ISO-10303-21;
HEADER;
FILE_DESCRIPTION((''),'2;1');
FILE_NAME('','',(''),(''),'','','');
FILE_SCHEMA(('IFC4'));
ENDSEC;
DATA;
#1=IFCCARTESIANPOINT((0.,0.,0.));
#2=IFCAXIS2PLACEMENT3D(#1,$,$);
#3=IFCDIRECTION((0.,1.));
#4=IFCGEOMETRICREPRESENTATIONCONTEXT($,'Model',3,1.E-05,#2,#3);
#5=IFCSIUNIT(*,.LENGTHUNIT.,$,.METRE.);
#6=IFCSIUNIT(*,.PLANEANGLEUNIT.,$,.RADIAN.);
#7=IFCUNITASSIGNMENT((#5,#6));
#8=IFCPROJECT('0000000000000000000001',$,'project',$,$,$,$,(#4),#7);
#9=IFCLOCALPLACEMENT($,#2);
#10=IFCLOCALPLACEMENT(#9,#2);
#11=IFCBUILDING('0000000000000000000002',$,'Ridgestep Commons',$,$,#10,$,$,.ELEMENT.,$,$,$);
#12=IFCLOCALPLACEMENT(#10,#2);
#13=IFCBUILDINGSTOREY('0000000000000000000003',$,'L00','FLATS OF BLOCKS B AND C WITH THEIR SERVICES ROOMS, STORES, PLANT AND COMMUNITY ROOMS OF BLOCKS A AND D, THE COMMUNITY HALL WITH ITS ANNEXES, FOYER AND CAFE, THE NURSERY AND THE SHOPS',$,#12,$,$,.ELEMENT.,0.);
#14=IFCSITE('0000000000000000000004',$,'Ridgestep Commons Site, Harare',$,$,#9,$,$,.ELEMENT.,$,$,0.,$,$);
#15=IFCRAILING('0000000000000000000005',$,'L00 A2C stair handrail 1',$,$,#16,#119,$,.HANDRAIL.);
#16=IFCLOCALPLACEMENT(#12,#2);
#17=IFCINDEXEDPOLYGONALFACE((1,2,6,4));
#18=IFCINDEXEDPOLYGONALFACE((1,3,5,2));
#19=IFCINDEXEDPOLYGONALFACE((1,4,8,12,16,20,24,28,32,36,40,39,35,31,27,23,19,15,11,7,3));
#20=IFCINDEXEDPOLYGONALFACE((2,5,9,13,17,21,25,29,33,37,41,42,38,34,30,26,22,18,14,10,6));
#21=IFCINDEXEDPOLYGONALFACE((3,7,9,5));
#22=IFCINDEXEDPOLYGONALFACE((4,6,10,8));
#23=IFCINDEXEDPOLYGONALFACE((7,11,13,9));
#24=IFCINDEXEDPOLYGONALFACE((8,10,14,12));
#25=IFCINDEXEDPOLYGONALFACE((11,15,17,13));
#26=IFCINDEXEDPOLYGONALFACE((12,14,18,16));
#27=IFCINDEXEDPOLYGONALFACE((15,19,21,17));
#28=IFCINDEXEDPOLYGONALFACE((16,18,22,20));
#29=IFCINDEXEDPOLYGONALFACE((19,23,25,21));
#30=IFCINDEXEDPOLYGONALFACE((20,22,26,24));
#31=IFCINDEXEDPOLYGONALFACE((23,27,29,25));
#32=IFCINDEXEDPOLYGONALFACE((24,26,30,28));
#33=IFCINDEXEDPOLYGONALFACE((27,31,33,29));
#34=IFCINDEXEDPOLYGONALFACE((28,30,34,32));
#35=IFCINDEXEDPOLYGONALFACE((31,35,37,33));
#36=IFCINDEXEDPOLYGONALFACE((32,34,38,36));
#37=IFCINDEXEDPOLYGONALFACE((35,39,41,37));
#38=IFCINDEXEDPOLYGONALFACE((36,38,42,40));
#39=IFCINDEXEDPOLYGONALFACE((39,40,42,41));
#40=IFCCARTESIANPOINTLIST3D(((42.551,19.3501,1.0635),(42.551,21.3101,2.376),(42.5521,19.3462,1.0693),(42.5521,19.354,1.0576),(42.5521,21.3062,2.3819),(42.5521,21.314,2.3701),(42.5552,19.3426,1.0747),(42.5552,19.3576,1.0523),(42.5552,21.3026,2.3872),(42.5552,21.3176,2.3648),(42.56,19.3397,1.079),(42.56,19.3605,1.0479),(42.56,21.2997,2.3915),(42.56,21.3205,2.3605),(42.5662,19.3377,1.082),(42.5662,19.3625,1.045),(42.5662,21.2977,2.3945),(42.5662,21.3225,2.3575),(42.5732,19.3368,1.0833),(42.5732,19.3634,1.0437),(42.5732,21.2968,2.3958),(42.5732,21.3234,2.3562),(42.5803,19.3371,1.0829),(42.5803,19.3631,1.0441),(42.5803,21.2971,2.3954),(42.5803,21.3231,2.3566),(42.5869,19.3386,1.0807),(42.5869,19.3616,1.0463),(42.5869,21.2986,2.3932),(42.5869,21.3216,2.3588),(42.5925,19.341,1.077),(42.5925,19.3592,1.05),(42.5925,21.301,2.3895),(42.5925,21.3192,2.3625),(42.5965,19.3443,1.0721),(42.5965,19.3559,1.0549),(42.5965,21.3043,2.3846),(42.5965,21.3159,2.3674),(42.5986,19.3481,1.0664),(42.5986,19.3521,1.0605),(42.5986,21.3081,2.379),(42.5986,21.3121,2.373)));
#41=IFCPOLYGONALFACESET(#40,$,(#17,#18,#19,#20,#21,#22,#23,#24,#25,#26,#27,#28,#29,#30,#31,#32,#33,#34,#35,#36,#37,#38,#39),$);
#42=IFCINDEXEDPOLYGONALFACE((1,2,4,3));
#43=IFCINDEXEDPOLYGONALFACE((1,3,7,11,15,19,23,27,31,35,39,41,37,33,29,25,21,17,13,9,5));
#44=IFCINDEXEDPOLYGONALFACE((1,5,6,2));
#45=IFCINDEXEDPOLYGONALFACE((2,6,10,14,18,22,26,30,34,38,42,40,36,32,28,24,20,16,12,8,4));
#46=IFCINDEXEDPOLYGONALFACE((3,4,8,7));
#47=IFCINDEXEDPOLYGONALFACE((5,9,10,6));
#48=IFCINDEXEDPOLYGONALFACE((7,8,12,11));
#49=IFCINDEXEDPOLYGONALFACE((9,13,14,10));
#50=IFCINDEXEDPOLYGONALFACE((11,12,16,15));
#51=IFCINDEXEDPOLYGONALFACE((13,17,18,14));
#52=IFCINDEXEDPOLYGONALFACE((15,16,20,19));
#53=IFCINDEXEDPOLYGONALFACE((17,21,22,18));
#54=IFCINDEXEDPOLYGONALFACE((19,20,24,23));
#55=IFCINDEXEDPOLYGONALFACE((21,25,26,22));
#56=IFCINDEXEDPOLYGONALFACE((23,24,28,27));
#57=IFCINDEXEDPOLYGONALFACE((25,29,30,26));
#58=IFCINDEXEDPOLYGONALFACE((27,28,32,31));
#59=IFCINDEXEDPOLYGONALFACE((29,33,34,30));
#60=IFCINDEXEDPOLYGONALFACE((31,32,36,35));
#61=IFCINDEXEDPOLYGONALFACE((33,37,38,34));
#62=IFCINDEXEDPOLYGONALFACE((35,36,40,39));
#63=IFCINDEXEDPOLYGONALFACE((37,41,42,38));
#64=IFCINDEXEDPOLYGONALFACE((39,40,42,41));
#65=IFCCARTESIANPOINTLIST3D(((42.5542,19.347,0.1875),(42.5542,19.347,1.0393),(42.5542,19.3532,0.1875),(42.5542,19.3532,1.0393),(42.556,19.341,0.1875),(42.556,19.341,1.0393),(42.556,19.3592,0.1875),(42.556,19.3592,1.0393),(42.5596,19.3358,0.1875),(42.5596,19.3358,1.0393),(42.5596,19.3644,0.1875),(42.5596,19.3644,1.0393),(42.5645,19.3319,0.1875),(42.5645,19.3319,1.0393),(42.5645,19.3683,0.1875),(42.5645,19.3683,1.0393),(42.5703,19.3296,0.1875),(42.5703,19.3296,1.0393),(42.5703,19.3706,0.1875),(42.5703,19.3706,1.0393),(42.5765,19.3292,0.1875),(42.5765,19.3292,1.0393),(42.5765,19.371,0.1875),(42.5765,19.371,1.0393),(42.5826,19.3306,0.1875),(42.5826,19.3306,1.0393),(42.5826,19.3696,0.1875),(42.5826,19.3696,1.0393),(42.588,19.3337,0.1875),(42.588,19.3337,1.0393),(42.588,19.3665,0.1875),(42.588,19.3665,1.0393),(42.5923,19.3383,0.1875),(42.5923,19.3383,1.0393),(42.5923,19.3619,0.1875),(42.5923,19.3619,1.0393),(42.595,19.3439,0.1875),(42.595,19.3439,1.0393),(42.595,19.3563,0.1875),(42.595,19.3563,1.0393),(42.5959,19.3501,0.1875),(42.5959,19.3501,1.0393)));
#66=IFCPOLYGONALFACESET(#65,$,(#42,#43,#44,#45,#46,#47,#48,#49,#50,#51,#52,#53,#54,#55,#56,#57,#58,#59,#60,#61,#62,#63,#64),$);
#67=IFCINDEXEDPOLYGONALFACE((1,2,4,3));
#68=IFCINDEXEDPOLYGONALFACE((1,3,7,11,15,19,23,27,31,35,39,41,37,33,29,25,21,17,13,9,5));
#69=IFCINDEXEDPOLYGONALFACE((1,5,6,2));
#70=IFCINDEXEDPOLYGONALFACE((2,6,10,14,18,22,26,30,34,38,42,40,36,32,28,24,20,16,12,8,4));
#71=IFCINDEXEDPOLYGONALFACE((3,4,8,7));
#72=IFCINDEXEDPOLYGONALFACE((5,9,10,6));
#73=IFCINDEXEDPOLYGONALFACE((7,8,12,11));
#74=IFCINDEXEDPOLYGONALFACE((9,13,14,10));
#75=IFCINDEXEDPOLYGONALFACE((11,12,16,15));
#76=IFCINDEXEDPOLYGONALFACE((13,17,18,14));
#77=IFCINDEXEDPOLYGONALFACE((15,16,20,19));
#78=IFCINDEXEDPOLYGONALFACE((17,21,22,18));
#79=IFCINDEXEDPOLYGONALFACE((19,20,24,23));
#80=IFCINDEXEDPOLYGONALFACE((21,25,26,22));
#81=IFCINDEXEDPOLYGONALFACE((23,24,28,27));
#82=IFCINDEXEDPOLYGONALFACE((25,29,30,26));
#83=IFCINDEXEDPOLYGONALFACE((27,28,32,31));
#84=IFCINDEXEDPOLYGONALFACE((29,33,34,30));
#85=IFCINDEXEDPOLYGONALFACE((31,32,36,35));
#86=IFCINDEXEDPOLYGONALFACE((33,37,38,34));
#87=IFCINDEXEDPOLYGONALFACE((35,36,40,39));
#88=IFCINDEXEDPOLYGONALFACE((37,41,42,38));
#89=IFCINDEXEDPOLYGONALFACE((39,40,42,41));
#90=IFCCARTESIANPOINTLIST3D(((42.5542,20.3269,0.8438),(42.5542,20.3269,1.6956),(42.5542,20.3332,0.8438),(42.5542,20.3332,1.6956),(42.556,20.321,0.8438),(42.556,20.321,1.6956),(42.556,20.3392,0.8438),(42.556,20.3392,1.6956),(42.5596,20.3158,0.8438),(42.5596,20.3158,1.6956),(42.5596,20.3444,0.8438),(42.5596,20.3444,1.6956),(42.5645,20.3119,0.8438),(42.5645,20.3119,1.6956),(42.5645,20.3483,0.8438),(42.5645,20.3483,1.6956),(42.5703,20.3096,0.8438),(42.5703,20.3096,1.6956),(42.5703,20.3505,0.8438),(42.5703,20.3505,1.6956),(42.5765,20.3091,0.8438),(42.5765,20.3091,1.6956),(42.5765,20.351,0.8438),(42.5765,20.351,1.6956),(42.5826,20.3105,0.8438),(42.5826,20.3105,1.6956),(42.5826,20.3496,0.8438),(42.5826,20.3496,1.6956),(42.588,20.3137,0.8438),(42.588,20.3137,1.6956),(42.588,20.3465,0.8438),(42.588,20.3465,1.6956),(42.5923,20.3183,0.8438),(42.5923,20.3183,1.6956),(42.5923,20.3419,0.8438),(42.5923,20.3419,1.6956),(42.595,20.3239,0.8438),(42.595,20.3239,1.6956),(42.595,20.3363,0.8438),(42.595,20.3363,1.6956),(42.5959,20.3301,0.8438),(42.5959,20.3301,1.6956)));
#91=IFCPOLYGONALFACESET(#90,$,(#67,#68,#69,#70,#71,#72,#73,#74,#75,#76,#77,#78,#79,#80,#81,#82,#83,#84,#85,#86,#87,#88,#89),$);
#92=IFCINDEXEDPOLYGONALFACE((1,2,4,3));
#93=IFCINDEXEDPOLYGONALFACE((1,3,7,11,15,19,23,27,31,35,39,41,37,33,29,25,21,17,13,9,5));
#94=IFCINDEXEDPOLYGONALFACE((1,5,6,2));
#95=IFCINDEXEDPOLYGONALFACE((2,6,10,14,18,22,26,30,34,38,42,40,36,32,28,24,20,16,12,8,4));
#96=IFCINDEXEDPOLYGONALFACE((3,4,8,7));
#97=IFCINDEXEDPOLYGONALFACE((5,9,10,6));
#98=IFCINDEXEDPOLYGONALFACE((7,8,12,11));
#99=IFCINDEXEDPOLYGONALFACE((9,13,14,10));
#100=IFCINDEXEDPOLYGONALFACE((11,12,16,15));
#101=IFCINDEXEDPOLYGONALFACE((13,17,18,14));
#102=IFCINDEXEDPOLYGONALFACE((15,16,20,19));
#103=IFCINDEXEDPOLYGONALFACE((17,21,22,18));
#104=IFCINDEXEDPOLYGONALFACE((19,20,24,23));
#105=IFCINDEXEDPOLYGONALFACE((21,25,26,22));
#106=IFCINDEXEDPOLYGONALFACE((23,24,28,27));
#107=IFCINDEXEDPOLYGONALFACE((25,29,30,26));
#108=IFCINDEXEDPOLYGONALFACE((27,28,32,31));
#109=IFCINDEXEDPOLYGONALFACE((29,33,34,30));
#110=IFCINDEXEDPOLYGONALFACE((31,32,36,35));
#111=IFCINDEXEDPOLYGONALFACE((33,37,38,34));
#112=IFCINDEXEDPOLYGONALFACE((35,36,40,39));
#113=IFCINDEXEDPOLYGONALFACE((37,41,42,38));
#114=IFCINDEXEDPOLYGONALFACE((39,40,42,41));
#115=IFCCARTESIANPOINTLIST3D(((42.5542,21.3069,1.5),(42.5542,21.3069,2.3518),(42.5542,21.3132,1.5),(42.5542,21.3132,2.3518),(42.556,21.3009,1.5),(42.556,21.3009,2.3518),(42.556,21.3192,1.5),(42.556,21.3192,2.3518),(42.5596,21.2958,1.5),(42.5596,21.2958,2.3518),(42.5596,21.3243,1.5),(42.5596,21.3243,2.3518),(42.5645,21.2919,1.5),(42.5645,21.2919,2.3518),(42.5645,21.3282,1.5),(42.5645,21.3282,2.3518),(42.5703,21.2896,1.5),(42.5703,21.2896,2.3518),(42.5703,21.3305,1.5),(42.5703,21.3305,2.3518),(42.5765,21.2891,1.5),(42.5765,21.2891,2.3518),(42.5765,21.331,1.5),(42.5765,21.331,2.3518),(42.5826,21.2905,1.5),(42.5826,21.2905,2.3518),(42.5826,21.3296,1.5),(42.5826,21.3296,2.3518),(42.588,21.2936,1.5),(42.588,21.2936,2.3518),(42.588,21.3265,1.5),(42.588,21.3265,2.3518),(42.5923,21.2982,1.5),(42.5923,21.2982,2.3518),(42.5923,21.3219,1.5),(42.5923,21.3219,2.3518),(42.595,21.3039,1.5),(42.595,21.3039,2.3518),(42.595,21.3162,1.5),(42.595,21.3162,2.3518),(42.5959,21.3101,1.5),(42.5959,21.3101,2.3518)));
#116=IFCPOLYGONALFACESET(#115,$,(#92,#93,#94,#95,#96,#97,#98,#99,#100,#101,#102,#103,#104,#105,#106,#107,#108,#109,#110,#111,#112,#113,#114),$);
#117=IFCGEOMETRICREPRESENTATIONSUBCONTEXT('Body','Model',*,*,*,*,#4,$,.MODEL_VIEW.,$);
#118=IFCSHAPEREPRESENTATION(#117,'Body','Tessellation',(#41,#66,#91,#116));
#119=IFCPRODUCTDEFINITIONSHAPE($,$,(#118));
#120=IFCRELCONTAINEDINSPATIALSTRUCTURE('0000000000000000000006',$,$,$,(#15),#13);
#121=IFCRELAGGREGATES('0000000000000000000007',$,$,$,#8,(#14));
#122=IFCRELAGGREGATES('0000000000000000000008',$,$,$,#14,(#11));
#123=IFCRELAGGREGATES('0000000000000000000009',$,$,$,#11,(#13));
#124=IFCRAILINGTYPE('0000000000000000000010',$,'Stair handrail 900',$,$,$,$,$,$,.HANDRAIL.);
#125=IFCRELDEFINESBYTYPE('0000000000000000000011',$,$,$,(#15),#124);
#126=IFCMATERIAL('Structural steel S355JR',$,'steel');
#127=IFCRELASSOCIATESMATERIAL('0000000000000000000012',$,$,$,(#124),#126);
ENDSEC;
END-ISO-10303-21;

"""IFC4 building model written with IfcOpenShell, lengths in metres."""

from ifc_helpers import new_model, si_unit, direction, frame, origin, origin_2d, place, context, subcontext, project, spatial, circle, extrude, material, type_object, element, save


model = new_model("IFC4")

# Units and contexts
model_context = context("Model", 3, precision=1e-05, world=origin(), true_north=direction((0.0, 1.0)))
body_context = subcontext(model_context, "Body", "Model", "MODEL_VIEW")
ifc_project = project(units=[si_unit("LENGTHUNIT", "METRE"), si_unit("PLANEANGLEUNIT", "RADIAN")], contexts=[model_context])

# Site, building, storey
site_placement = place(None, origin())
site = spatial("IfcSite", under=ifc_project, at=site_placement, Name="Ridgestep Commons Site, Harare", CompositionType="ELEMENT", RefElevation=0.0)
building_placement = place(site_placement, origin())
building = spatial("IfcBuilding", under=site, at=building_placement, Name="Ridgestep Commons", CompositionType="ELEMENT")
storey_placement = place(building_placement, origin())
storey = spatial("IfcBuildingStorey", under=building, at=storey_placement, Name="L00", Description="FLATS OF BLOCKS B AND C WITH THEIR SERVICES ROOMS, STORES, PLANT AND COMMUNITY ROOMS OF BLOCKS A AND D, THE COMMUNITY HALL WITH ITS ANNEXES, FOYER AND CAFE, THE NURSERY AND THE SHOPS", CompositionType="ELEMENT", Elevation=0.0)

# Railing
ifc_material_1 = material(Name="Structural steel S355JR", Category="steel")
railing_type_1 = type_object("IfcRailingType", Name="Stair handrail 900", PredefinedType="HANDRAIL", material=ifc_material_1)
railing_1_placement = place(storey_placement, frame((42.575, 19.3501, 0.1875)))
element("IfcRailing", 1, at=railing_1_placement, inside=storey, type_object=railing_type_1, Name="L00 A2C stair handrail 1", PredefinedType="HANDRAIL", context=body_context, shape_type="SweptSolid", body=[
    extrude(circle(Radius=0.0239, at=origin_2d()), frame((0.0, 0.0, 0.876), z_axis=(0.0, 0.830902, 0.556419), x_axis=(-1.0, 0.0, 0.0)), (0.0, 0.0, 1.0), 2.3589),
    extrude(circle(Radius=0.021, at=origin_2d()), origin(), (0.0, 0.0, 1.0), 0.8518),
    extrude(circle(Radius=0.021, at=origin_2d()), frame((0.0, 0.98, 0.6562)), (0.0, 0.0, 1.0), 0.8518),
    extrude(circle(Radius=0.021, at=origin_2d()), frame((0.0, 1.96, 1.3125)), (0.0, 0.0, 1.0), 0.8518),
])

save(model, "model.ifc")
